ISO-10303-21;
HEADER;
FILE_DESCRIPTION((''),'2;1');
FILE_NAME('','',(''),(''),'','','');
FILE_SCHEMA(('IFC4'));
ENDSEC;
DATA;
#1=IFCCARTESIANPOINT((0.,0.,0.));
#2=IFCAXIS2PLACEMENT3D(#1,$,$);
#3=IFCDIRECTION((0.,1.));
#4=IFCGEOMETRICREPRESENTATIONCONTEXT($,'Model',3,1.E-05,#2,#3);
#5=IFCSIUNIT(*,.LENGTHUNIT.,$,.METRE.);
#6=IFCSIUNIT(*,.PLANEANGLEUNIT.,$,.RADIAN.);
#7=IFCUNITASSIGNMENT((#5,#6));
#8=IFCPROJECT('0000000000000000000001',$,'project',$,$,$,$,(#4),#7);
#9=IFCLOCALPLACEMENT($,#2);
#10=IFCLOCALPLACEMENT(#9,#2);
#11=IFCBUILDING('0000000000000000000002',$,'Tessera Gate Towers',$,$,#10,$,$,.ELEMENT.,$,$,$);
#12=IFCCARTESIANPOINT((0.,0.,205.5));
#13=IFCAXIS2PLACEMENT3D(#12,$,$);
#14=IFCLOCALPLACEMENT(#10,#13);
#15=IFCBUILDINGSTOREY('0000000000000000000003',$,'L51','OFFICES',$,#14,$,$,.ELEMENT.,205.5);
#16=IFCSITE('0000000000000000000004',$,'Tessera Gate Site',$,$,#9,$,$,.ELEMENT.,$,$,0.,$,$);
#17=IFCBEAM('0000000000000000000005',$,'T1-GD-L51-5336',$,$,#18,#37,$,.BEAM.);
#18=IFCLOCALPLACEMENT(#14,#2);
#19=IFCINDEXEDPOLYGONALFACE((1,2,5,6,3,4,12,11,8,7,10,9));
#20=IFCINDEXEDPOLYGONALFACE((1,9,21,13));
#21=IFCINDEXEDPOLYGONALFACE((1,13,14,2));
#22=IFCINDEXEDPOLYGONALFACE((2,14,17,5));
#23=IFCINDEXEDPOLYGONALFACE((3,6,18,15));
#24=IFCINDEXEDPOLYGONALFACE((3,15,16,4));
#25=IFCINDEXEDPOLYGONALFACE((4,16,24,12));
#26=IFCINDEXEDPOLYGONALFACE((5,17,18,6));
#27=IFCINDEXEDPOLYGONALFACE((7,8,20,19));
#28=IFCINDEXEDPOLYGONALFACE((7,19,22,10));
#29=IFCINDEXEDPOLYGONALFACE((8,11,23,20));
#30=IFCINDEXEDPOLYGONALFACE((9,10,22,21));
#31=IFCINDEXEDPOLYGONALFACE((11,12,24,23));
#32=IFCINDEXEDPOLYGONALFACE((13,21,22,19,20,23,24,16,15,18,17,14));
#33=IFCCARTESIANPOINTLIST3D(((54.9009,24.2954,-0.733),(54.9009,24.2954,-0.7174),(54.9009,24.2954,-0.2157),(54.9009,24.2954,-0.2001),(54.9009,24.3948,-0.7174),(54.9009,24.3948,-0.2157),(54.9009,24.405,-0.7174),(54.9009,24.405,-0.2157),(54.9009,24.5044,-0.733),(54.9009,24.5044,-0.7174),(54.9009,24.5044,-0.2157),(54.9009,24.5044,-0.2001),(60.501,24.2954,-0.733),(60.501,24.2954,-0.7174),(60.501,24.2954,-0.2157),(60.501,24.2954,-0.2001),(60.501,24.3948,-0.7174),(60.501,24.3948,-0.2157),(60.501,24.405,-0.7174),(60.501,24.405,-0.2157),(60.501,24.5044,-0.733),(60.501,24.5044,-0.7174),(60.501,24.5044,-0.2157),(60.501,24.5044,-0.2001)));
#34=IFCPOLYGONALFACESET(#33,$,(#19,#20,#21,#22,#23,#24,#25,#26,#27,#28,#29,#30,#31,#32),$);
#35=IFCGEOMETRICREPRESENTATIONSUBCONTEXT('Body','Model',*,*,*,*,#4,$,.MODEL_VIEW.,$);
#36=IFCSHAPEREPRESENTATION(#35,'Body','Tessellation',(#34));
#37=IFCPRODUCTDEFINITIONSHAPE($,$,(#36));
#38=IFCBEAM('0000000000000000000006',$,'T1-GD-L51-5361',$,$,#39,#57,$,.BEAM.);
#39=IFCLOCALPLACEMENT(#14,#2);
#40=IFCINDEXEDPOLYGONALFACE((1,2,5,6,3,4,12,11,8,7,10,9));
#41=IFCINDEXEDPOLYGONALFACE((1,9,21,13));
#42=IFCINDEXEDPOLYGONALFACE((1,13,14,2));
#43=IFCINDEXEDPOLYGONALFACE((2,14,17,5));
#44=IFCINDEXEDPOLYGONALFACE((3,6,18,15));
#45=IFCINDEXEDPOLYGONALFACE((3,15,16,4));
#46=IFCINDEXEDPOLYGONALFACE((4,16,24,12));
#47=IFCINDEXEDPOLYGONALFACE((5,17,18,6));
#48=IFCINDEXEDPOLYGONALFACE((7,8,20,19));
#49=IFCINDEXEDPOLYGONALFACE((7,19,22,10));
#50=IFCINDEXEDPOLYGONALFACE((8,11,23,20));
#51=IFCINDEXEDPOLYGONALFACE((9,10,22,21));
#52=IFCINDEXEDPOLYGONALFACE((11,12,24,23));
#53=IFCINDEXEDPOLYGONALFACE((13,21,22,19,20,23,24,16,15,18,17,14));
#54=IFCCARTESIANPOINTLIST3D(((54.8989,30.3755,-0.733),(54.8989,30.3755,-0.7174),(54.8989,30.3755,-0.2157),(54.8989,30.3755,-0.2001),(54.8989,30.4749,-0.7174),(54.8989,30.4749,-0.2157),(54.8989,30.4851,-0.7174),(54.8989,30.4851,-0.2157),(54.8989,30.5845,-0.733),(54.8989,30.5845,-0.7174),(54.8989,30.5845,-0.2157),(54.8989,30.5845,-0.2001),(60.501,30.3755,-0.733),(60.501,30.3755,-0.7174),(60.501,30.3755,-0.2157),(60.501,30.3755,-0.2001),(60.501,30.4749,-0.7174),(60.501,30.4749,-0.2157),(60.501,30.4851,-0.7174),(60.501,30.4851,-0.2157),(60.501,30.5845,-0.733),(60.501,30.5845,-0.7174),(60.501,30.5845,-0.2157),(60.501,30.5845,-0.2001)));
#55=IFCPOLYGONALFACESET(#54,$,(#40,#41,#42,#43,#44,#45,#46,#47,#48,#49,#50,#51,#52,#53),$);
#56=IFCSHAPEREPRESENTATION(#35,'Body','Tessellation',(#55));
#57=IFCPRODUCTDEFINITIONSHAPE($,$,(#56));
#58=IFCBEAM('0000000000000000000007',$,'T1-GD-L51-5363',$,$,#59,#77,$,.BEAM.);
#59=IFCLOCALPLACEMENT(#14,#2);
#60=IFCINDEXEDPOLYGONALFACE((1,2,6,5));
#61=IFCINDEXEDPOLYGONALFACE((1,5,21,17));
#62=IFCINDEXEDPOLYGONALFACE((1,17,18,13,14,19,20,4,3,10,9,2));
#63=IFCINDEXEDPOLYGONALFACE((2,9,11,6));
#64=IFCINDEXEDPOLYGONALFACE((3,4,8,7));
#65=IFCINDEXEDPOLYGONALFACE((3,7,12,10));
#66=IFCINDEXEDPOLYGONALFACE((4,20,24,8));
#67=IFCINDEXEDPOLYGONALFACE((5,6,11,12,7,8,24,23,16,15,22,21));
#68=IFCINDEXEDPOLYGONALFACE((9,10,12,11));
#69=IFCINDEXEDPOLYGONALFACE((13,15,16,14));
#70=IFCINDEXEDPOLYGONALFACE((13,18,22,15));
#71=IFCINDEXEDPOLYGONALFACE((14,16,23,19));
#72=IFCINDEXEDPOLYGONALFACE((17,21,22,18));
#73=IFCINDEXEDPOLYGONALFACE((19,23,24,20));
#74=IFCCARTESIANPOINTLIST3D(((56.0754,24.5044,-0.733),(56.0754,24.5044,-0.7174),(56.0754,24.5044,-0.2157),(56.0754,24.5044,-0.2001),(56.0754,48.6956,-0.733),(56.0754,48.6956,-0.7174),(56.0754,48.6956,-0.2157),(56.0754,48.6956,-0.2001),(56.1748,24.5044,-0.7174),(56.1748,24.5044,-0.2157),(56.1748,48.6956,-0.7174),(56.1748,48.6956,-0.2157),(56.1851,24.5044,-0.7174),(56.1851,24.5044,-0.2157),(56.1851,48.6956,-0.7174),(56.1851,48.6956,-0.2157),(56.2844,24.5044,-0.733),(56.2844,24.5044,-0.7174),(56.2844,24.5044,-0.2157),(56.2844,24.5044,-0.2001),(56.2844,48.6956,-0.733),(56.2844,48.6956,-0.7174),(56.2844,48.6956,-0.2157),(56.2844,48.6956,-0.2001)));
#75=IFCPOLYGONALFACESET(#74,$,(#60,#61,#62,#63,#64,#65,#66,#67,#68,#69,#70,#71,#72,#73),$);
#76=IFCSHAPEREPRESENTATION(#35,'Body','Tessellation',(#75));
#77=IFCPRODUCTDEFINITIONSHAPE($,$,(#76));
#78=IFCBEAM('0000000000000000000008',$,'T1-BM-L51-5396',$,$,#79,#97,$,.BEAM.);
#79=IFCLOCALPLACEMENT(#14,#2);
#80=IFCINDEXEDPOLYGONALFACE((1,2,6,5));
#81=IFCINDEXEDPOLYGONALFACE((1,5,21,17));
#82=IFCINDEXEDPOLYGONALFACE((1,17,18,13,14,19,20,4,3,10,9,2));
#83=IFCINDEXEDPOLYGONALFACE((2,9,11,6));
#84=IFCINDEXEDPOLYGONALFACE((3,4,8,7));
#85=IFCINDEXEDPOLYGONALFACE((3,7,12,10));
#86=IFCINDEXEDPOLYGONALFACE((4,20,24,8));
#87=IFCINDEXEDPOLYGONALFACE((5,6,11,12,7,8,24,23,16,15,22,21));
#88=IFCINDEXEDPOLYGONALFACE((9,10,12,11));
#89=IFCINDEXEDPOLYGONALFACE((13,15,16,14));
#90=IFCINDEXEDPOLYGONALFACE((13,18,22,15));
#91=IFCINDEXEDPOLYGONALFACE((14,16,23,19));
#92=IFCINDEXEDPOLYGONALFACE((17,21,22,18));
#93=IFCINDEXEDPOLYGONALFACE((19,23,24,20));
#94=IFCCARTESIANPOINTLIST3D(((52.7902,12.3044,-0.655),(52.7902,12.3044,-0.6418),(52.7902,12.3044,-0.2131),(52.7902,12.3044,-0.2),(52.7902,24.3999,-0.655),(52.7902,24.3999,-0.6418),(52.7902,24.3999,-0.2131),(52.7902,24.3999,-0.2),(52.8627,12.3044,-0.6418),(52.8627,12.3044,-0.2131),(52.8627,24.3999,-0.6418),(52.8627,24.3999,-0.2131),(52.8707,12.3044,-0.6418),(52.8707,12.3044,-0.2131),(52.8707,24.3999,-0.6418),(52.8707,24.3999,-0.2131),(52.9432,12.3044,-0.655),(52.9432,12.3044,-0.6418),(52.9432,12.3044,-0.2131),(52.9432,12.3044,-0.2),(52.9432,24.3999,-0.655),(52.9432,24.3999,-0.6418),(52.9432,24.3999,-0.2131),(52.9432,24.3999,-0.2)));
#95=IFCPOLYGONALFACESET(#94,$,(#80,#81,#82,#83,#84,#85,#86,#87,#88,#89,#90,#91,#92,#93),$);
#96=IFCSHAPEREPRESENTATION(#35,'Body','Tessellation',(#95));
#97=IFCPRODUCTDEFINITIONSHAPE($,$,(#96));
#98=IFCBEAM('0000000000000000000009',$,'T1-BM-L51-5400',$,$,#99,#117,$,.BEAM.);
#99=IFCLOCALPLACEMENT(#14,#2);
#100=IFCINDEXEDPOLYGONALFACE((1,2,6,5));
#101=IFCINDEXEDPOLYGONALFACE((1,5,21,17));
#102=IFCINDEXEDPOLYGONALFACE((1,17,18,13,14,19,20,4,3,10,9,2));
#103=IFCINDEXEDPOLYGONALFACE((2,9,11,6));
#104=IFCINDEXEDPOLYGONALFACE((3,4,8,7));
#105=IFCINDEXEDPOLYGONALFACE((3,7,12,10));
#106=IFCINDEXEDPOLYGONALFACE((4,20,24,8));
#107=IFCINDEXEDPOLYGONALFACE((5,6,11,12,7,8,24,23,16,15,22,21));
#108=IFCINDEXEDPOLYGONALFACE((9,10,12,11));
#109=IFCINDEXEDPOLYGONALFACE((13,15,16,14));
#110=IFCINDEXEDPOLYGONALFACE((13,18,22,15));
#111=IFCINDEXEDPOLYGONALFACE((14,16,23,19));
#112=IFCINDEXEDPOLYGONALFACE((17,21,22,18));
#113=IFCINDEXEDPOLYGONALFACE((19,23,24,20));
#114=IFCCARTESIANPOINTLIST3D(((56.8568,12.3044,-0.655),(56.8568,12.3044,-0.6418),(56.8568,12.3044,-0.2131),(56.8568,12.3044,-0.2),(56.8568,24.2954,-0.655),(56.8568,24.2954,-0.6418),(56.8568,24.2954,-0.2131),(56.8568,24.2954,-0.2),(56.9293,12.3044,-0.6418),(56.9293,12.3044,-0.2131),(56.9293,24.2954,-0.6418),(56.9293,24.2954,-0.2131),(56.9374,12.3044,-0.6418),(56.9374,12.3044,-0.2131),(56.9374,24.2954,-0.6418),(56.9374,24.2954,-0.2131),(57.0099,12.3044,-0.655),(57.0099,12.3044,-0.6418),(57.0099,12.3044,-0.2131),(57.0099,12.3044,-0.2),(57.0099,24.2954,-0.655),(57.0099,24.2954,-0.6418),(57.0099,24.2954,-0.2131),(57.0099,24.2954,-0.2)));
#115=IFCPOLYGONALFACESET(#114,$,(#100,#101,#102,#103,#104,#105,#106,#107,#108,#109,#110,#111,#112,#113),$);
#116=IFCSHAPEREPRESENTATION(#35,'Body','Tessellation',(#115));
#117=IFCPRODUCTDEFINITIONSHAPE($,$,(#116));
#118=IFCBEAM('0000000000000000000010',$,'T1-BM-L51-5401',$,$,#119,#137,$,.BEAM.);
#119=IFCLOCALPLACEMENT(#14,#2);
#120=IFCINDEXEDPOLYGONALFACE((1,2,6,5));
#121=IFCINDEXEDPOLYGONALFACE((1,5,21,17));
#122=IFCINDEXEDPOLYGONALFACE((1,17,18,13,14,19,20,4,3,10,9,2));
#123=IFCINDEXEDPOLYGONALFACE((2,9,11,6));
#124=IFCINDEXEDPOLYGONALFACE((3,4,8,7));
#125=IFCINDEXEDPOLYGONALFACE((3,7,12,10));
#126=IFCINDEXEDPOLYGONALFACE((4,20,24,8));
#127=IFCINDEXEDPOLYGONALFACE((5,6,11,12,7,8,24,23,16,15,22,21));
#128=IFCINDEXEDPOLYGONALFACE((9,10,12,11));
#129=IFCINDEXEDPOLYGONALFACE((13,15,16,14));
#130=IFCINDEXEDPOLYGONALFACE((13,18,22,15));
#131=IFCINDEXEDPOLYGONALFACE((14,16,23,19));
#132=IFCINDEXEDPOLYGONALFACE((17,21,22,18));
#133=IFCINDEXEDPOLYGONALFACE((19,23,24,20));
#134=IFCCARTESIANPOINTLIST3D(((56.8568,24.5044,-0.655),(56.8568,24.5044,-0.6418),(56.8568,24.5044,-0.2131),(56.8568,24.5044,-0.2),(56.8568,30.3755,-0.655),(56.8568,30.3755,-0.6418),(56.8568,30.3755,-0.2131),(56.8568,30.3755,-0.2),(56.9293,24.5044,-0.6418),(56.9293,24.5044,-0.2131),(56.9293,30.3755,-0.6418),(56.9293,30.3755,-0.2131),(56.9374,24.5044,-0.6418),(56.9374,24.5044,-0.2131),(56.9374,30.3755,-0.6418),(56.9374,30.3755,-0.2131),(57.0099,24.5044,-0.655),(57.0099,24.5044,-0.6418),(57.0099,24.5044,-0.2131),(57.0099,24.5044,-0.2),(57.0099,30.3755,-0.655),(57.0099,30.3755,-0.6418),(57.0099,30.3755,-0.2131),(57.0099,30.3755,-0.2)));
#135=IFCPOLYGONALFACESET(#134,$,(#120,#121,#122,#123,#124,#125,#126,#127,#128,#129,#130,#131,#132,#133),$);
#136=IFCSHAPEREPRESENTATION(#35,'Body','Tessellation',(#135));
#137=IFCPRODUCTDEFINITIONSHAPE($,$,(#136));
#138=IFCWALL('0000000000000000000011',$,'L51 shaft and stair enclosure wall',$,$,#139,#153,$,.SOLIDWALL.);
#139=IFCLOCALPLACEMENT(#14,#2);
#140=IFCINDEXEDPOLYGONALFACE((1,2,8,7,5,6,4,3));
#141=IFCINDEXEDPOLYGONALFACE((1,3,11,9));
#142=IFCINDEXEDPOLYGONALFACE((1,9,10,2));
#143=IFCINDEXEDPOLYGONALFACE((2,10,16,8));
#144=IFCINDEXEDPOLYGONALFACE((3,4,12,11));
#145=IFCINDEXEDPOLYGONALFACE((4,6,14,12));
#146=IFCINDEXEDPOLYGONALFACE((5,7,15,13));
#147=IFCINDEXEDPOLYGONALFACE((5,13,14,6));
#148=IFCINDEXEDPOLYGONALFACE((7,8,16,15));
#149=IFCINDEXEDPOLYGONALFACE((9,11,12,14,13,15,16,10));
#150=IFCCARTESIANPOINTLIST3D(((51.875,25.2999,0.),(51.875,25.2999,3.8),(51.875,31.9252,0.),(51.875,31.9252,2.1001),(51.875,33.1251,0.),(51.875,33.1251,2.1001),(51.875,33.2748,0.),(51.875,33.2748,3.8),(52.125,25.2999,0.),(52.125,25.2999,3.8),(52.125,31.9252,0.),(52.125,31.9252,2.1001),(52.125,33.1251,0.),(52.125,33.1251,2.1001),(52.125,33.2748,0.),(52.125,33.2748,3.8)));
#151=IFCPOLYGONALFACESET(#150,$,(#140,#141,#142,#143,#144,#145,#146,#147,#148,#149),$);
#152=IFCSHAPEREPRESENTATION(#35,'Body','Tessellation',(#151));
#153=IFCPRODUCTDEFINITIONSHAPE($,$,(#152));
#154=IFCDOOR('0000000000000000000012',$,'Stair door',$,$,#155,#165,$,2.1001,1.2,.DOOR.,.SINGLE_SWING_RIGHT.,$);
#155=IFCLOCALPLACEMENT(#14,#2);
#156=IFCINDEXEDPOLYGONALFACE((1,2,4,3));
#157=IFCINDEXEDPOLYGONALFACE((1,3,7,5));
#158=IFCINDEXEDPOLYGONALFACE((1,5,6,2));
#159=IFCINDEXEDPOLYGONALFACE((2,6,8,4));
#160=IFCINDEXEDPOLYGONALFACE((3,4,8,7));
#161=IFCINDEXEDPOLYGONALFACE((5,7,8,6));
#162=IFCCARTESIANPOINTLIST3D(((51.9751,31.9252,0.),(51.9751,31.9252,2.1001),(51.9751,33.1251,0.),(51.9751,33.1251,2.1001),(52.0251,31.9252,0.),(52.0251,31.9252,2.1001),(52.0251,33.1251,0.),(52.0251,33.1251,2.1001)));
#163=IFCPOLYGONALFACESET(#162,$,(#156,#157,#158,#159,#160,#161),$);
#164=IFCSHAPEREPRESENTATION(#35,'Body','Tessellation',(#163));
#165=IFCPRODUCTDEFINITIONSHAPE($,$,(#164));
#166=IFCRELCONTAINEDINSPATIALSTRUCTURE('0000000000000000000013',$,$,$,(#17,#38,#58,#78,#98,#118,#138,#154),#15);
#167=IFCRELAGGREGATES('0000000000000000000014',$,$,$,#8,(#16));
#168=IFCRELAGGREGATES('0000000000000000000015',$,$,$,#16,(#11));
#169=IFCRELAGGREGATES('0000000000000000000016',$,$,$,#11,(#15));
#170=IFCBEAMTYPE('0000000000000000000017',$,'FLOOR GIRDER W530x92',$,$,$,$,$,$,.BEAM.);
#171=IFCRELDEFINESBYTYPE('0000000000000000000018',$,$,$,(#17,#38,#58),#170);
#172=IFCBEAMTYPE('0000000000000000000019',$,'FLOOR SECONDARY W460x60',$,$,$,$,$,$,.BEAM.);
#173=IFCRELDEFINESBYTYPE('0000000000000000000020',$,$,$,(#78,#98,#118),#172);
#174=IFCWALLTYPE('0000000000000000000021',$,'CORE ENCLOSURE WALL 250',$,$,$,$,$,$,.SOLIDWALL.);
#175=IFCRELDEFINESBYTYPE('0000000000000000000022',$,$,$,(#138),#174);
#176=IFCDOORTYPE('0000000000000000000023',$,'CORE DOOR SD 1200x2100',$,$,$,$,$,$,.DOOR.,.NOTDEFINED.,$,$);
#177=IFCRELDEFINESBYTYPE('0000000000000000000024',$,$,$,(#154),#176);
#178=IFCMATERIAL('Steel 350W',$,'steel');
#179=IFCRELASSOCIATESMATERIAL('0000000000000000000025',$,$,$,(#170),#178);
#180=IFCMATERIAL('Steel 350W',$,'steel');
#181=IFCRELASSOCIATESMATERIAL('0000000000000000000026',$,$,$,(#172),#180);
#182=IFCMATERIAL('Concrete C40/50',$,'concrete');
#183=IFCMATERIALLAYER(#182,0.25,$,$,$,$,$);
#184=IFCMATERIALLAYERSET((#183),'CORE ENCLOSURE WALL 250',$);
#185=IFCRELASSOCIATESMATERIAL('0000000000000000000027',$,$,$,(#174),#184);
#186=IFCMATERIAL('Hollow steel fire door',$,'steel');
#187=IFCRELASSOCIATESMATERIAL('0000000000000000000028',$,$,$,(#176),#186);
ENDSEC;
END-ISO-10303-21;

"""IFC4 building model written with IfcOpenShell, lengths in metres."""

from ifc_helpers import new_model, si_unit, direction, frame, frame_2d, origin, origin_2d, place, context, subcontext, project, spatial, rectangle, i_section, extrude, source, transform, mapped, material, layer, layer_set, material_profile, profile_set, type_object, element, fill, save


model = new_model("IFC4")

# Units and contexts
model_context = context("Model", 3, precision=1e-05, world=origin(), true_north=direction((0.0, 1.0)))
body_context = subcontext(model_context, "Body", "Model", "MODEL_VIEW")
ifc_project = project(units=[si_unit("LENGTHUNIT", "METRE"), si_unit("PLANEANGLEUNIT", "RADIAN")], contexts=[model_context])

# Site, building, storey
site_placement = place(None, origin())
site = spatial("IfcSite", under=ifc_project, at=site_placement, Name="Tessera Gate Site", CompositionType="ELEMENT", RefElevation=0.0)
building_placement = place(site_placement, origin())
building = spatial("IfcBuilding", under=site, at=building_placement, Name="Tessera Gate Towers", CompositionType="ELEMENT")
storey_placement = place(building_placement, frame((0.0, 0.0, 205.5)))
storey = spatial("IfcBuildingStorey", under=building, at=storey_placement, Name="L51", Description="OFFICES", CompositionType="ELEMENT", Elevation=205.5)

# Beams
ifc_material_1 = material(Name="Steel 350W", Category="steel")
ifc_material_profile_1 = material_profile(ifc_material_1, i_section(OverallWidth=0.209, OverallDepth=0.533, WebThickness=0.0103, FlangeThickness=0.0156, at=origin_2d()), Name="W530x92")
ifc_profile_set_1 = profile_set([ifc_material_profile_1], Name="Steel 350W")
beam_type_1 = type_object("IfcBeamType", Name="FLOOR GIRDER W530x92", PredefinedType="BEAM", material=ifc_profile_set_1)
beam_1_placement = place(storey_placement, frame((54.9009, 24.3999, -0.4666), z_axis=(1.0, 0.0, 0.0), x_axis=(0.0, 1.0, 0.0)))
element("IfcBeam", 1, at=beam_1_placement, inside=storey, type_object=beam_type_1, Name="T1-GD-L51-5336", PredefinedType="BEAM", context=body_context, shape_type="SweptSolid", body=[
    extrude(i_section(OverallWidth=0.209, OverallDepth=0.533, WebThickness=0.0103, FlangeThickness=0.0156, at=origin_2d()), origin(), (0.0, 0.0, 1.0), 5.6001),
])
beam_2_placement = place(storey_placement, frame((54.8989, 30.48, -0.4666), z_axis=(1.0, 0.0, 0.0), x_axis=(0.0, 1.0, 0.0)))
element("IfcBeam", 2, at=beam_2_placement, inside=storey, type_object=beam_type_1, Name="T1-GD-L51-5361", PredefinedType="BEAM", context=body_context, shape_type="SweptSolid", body=[
    extrude(i_section(OverallWidth=0.209, OverallDepth=0.533, WebThickness=0.0103, FlangeThickness=0.0156, at=origin_2d()), origin(), (0.0, 0.0, 1.0), 5.6021),
])
beam_3_placement = place(storey_placement, frame((56.1799, 24.5044, -0.4666), z_axis=(0.0, 1.0, 0.0), x_axis=(-1.0, 0.0, 0.0)))
element("IfcBeam", 3, at=beam_3_placement, inside=storey, type_object=beam_type_1, Name="T1-GD-L51-5363", PredefinedType="BEAM", context=body_context, shape_type="SweptSolid", body=[
    extrude(i_section(OverallWidth=0.209, OverallDepth=0.533, WebThickness=0.0103, FlangeThickness=0.0156, at=origin_2d()), origin(), (0.0, 0.0, 1.0), 24.1912),
])
ifc_material_2 = material(Name="Steel 350W", Category="steel")
ifc_material_profile_2 = material_profile(ifc_material_2, i_section(OverallWidth=0.1531, OverallDepth=0.4551, WebThickness=0.0081, FlangeThickness=0.0132, at=origin_2d()), Name="W460x60")
ifc_profile_set_2 = profile_set([ifc_material_profile_2], Name="Steel 350W")
beam_type_2 = type_object("IfcBeamType", Name="FLOOR SECONDARY W460x60", PredefinedType="BEAM", material=ifc_profile_set_2)
beam_4_placement = place(storey_placement, frame((52.8667, 12.3044, -0.4275), z_axis=(0.0, 1.0, 0.0), x_axis=(-1.0, 0.0, 0.0)))
element("IfcBeam", 4, at=beam_4_placement, inside=storey, type_object=beam_type_2, Name="T1-BM-L51-5396", PredefinedType="BEAM", context=body_context, shape_type="SweptSolid", body=[
    extrude(i_section(OverallWidth=0.1531, OverallDepth=0.4551, WebThickness=0.0081, FlangeThickness=0.0132, at=origin_2d()), origin(), (0.0, 0.0, 1.0), 12.0955),
])
beam_5_placement = place(storey_placement, frame((56.9333, 12.3044, -0.4275), z_axis=(0.0, 1.0, 0.0), x_axis=(-1.0, 0.0, 0.0)))
element("IfcBeam", 5, at=beam_5_placement, inside=storey, type_object=beam_type_2, Name="T1-BM-L51-5400", PredefinedType="BEAM", context=body_context, shape_type="SweptSolid", body=[
    extrude(i_section(OverallWidth=0.1531, OverallDepth=0.4551, WebThickness=0.0081, FlangeThickness=0.0132, at=origin_2d()), origin(), (0.0, 0.0, 1.0), 11.991),
])
beam_6_placement = place(storey_placement, frame((56.9333, 24.5044, -0.4275), z_axis=(0.0, 1.0, 0.0), x_axis=(-1.0, 0.0, 0.0)))
element("IfcBeam", 6, at=beam_6_placement, inside=storey, type_object=beam_type_2, Name="T1-BM-L51-5401", PredefinedType="BEAM", context=body_context, shape_type="SweptSolid", body=[
    extrude(i_section(OverallWidth=0.1531, OverallDepth=0.4551, WebThickness=0.0081, FlangeThickness=0.0132, at=origin_2d()), origin(), (0.0, 0.0, 1.0), 5.8711),
])

# Wall, opening, door
ifc_material_3 = material(Name="Concrete C40/50", Category="concrete")
ifc_layer_1 = layer(ifc_material_3, 0.25)
ifc_layer_set_1 = layer_set([ifc_layer_1], Name="CORE ENCLOSURE WALL 250")
wall_type_1 = type_object("IfcWallType", Name="CORE ENCLOSURE WALL 250", PredefinedType="SOLIDWALL", material=ifc_layer_set_1)
wall_1_placement = place(storey_placement, frame((52.0, 25.3, 0.0), z_axis=(0.0, 0.0, 1.0), x_axis=(0.0, 1.0, 0.0)))
wall_1 = element("IfcWall", 7, at=wall_1_placement, inside=storey, type_object=wall_type_1, Name="L51 shaft and stair enclosure wall", PredefinedType="SOLIDWALL", context=body_context, shape_type="SweptSolid", body=[
    extrude(rectangle(XDim=7.9749, YDim=0.25, at=frame_2d((3.9873, 0.0))), origin(), (0.0, 0.0, 1.0), 3.8),
])
shared_shape_1 = source(origin(), body_context, "Body", "SweptSolid", [
    extrude(rectangle(XDim=1.2, YDim=2.1001, at=frame_2d((0.6001, 1.05))), frame((0.0, 0.135, 0.0), z_axis=(0.0, -1.0, 0.0), x_axis=(1.0, 0.0, 0.0)), (0.0, 0.0, 1.0), 0.27),
])
opening_1_placement = place(wall_1_placement, frame((6.625, 0.0, 0.0)))
opening_1 = element("IfcOpeningElement", 8, at=opening_1_placement, cuts=wall_1, PredefinedType="OPENING", context=body_context, shape_type="MappedRepresentation", body=[
    mapped(shared_shape_1, transform((0.0, 0.0, 0.0), scale=1.0)),
])
ifc_material_4 = material(Name="Hollow steel fire door", Category="steel")
door_type_1 = type_object("IfcDoorType", Name="CORE DOOR SD 1200x2100", OperationType="NOTDEFINED", PredefinedType="DOOR", material=ifc_material_4)
shared_shape_2 = source(origin(), body_context, "Body", "SweptSolid", [
    extrude(rectangle(XDim=1.2, YDim=2.1001, at=frame_2d((0.6001, 1.05))), frame((0.0, 0.0249, 0.0), z_axis=(0.0, -1.0, 0.0), x_axis=(1.0, 0.0, 0.0)), (0.0, 0.0, 1.0), 0.05),
])
door_1_placement = place(opening_1_placement, origin())
door_1 = element("IfcDoor", 9, at=door_1_placement, inside=storey, type_object=door_type_1, Name="Stair door", OperationType="SINGLE_SWING_RIGHT", OverallHeight=2.1001, OverallWidth=1.2, PredefinedType="DOOR", context=body_context, shape_type="MappedRepresentation", body=[
    mapped(shared_shape_2, transform((0.0, 0.0, 0.0), scale=1.0)),
])
fill(opening_1, door_1)

save(model, "model.ifc")
